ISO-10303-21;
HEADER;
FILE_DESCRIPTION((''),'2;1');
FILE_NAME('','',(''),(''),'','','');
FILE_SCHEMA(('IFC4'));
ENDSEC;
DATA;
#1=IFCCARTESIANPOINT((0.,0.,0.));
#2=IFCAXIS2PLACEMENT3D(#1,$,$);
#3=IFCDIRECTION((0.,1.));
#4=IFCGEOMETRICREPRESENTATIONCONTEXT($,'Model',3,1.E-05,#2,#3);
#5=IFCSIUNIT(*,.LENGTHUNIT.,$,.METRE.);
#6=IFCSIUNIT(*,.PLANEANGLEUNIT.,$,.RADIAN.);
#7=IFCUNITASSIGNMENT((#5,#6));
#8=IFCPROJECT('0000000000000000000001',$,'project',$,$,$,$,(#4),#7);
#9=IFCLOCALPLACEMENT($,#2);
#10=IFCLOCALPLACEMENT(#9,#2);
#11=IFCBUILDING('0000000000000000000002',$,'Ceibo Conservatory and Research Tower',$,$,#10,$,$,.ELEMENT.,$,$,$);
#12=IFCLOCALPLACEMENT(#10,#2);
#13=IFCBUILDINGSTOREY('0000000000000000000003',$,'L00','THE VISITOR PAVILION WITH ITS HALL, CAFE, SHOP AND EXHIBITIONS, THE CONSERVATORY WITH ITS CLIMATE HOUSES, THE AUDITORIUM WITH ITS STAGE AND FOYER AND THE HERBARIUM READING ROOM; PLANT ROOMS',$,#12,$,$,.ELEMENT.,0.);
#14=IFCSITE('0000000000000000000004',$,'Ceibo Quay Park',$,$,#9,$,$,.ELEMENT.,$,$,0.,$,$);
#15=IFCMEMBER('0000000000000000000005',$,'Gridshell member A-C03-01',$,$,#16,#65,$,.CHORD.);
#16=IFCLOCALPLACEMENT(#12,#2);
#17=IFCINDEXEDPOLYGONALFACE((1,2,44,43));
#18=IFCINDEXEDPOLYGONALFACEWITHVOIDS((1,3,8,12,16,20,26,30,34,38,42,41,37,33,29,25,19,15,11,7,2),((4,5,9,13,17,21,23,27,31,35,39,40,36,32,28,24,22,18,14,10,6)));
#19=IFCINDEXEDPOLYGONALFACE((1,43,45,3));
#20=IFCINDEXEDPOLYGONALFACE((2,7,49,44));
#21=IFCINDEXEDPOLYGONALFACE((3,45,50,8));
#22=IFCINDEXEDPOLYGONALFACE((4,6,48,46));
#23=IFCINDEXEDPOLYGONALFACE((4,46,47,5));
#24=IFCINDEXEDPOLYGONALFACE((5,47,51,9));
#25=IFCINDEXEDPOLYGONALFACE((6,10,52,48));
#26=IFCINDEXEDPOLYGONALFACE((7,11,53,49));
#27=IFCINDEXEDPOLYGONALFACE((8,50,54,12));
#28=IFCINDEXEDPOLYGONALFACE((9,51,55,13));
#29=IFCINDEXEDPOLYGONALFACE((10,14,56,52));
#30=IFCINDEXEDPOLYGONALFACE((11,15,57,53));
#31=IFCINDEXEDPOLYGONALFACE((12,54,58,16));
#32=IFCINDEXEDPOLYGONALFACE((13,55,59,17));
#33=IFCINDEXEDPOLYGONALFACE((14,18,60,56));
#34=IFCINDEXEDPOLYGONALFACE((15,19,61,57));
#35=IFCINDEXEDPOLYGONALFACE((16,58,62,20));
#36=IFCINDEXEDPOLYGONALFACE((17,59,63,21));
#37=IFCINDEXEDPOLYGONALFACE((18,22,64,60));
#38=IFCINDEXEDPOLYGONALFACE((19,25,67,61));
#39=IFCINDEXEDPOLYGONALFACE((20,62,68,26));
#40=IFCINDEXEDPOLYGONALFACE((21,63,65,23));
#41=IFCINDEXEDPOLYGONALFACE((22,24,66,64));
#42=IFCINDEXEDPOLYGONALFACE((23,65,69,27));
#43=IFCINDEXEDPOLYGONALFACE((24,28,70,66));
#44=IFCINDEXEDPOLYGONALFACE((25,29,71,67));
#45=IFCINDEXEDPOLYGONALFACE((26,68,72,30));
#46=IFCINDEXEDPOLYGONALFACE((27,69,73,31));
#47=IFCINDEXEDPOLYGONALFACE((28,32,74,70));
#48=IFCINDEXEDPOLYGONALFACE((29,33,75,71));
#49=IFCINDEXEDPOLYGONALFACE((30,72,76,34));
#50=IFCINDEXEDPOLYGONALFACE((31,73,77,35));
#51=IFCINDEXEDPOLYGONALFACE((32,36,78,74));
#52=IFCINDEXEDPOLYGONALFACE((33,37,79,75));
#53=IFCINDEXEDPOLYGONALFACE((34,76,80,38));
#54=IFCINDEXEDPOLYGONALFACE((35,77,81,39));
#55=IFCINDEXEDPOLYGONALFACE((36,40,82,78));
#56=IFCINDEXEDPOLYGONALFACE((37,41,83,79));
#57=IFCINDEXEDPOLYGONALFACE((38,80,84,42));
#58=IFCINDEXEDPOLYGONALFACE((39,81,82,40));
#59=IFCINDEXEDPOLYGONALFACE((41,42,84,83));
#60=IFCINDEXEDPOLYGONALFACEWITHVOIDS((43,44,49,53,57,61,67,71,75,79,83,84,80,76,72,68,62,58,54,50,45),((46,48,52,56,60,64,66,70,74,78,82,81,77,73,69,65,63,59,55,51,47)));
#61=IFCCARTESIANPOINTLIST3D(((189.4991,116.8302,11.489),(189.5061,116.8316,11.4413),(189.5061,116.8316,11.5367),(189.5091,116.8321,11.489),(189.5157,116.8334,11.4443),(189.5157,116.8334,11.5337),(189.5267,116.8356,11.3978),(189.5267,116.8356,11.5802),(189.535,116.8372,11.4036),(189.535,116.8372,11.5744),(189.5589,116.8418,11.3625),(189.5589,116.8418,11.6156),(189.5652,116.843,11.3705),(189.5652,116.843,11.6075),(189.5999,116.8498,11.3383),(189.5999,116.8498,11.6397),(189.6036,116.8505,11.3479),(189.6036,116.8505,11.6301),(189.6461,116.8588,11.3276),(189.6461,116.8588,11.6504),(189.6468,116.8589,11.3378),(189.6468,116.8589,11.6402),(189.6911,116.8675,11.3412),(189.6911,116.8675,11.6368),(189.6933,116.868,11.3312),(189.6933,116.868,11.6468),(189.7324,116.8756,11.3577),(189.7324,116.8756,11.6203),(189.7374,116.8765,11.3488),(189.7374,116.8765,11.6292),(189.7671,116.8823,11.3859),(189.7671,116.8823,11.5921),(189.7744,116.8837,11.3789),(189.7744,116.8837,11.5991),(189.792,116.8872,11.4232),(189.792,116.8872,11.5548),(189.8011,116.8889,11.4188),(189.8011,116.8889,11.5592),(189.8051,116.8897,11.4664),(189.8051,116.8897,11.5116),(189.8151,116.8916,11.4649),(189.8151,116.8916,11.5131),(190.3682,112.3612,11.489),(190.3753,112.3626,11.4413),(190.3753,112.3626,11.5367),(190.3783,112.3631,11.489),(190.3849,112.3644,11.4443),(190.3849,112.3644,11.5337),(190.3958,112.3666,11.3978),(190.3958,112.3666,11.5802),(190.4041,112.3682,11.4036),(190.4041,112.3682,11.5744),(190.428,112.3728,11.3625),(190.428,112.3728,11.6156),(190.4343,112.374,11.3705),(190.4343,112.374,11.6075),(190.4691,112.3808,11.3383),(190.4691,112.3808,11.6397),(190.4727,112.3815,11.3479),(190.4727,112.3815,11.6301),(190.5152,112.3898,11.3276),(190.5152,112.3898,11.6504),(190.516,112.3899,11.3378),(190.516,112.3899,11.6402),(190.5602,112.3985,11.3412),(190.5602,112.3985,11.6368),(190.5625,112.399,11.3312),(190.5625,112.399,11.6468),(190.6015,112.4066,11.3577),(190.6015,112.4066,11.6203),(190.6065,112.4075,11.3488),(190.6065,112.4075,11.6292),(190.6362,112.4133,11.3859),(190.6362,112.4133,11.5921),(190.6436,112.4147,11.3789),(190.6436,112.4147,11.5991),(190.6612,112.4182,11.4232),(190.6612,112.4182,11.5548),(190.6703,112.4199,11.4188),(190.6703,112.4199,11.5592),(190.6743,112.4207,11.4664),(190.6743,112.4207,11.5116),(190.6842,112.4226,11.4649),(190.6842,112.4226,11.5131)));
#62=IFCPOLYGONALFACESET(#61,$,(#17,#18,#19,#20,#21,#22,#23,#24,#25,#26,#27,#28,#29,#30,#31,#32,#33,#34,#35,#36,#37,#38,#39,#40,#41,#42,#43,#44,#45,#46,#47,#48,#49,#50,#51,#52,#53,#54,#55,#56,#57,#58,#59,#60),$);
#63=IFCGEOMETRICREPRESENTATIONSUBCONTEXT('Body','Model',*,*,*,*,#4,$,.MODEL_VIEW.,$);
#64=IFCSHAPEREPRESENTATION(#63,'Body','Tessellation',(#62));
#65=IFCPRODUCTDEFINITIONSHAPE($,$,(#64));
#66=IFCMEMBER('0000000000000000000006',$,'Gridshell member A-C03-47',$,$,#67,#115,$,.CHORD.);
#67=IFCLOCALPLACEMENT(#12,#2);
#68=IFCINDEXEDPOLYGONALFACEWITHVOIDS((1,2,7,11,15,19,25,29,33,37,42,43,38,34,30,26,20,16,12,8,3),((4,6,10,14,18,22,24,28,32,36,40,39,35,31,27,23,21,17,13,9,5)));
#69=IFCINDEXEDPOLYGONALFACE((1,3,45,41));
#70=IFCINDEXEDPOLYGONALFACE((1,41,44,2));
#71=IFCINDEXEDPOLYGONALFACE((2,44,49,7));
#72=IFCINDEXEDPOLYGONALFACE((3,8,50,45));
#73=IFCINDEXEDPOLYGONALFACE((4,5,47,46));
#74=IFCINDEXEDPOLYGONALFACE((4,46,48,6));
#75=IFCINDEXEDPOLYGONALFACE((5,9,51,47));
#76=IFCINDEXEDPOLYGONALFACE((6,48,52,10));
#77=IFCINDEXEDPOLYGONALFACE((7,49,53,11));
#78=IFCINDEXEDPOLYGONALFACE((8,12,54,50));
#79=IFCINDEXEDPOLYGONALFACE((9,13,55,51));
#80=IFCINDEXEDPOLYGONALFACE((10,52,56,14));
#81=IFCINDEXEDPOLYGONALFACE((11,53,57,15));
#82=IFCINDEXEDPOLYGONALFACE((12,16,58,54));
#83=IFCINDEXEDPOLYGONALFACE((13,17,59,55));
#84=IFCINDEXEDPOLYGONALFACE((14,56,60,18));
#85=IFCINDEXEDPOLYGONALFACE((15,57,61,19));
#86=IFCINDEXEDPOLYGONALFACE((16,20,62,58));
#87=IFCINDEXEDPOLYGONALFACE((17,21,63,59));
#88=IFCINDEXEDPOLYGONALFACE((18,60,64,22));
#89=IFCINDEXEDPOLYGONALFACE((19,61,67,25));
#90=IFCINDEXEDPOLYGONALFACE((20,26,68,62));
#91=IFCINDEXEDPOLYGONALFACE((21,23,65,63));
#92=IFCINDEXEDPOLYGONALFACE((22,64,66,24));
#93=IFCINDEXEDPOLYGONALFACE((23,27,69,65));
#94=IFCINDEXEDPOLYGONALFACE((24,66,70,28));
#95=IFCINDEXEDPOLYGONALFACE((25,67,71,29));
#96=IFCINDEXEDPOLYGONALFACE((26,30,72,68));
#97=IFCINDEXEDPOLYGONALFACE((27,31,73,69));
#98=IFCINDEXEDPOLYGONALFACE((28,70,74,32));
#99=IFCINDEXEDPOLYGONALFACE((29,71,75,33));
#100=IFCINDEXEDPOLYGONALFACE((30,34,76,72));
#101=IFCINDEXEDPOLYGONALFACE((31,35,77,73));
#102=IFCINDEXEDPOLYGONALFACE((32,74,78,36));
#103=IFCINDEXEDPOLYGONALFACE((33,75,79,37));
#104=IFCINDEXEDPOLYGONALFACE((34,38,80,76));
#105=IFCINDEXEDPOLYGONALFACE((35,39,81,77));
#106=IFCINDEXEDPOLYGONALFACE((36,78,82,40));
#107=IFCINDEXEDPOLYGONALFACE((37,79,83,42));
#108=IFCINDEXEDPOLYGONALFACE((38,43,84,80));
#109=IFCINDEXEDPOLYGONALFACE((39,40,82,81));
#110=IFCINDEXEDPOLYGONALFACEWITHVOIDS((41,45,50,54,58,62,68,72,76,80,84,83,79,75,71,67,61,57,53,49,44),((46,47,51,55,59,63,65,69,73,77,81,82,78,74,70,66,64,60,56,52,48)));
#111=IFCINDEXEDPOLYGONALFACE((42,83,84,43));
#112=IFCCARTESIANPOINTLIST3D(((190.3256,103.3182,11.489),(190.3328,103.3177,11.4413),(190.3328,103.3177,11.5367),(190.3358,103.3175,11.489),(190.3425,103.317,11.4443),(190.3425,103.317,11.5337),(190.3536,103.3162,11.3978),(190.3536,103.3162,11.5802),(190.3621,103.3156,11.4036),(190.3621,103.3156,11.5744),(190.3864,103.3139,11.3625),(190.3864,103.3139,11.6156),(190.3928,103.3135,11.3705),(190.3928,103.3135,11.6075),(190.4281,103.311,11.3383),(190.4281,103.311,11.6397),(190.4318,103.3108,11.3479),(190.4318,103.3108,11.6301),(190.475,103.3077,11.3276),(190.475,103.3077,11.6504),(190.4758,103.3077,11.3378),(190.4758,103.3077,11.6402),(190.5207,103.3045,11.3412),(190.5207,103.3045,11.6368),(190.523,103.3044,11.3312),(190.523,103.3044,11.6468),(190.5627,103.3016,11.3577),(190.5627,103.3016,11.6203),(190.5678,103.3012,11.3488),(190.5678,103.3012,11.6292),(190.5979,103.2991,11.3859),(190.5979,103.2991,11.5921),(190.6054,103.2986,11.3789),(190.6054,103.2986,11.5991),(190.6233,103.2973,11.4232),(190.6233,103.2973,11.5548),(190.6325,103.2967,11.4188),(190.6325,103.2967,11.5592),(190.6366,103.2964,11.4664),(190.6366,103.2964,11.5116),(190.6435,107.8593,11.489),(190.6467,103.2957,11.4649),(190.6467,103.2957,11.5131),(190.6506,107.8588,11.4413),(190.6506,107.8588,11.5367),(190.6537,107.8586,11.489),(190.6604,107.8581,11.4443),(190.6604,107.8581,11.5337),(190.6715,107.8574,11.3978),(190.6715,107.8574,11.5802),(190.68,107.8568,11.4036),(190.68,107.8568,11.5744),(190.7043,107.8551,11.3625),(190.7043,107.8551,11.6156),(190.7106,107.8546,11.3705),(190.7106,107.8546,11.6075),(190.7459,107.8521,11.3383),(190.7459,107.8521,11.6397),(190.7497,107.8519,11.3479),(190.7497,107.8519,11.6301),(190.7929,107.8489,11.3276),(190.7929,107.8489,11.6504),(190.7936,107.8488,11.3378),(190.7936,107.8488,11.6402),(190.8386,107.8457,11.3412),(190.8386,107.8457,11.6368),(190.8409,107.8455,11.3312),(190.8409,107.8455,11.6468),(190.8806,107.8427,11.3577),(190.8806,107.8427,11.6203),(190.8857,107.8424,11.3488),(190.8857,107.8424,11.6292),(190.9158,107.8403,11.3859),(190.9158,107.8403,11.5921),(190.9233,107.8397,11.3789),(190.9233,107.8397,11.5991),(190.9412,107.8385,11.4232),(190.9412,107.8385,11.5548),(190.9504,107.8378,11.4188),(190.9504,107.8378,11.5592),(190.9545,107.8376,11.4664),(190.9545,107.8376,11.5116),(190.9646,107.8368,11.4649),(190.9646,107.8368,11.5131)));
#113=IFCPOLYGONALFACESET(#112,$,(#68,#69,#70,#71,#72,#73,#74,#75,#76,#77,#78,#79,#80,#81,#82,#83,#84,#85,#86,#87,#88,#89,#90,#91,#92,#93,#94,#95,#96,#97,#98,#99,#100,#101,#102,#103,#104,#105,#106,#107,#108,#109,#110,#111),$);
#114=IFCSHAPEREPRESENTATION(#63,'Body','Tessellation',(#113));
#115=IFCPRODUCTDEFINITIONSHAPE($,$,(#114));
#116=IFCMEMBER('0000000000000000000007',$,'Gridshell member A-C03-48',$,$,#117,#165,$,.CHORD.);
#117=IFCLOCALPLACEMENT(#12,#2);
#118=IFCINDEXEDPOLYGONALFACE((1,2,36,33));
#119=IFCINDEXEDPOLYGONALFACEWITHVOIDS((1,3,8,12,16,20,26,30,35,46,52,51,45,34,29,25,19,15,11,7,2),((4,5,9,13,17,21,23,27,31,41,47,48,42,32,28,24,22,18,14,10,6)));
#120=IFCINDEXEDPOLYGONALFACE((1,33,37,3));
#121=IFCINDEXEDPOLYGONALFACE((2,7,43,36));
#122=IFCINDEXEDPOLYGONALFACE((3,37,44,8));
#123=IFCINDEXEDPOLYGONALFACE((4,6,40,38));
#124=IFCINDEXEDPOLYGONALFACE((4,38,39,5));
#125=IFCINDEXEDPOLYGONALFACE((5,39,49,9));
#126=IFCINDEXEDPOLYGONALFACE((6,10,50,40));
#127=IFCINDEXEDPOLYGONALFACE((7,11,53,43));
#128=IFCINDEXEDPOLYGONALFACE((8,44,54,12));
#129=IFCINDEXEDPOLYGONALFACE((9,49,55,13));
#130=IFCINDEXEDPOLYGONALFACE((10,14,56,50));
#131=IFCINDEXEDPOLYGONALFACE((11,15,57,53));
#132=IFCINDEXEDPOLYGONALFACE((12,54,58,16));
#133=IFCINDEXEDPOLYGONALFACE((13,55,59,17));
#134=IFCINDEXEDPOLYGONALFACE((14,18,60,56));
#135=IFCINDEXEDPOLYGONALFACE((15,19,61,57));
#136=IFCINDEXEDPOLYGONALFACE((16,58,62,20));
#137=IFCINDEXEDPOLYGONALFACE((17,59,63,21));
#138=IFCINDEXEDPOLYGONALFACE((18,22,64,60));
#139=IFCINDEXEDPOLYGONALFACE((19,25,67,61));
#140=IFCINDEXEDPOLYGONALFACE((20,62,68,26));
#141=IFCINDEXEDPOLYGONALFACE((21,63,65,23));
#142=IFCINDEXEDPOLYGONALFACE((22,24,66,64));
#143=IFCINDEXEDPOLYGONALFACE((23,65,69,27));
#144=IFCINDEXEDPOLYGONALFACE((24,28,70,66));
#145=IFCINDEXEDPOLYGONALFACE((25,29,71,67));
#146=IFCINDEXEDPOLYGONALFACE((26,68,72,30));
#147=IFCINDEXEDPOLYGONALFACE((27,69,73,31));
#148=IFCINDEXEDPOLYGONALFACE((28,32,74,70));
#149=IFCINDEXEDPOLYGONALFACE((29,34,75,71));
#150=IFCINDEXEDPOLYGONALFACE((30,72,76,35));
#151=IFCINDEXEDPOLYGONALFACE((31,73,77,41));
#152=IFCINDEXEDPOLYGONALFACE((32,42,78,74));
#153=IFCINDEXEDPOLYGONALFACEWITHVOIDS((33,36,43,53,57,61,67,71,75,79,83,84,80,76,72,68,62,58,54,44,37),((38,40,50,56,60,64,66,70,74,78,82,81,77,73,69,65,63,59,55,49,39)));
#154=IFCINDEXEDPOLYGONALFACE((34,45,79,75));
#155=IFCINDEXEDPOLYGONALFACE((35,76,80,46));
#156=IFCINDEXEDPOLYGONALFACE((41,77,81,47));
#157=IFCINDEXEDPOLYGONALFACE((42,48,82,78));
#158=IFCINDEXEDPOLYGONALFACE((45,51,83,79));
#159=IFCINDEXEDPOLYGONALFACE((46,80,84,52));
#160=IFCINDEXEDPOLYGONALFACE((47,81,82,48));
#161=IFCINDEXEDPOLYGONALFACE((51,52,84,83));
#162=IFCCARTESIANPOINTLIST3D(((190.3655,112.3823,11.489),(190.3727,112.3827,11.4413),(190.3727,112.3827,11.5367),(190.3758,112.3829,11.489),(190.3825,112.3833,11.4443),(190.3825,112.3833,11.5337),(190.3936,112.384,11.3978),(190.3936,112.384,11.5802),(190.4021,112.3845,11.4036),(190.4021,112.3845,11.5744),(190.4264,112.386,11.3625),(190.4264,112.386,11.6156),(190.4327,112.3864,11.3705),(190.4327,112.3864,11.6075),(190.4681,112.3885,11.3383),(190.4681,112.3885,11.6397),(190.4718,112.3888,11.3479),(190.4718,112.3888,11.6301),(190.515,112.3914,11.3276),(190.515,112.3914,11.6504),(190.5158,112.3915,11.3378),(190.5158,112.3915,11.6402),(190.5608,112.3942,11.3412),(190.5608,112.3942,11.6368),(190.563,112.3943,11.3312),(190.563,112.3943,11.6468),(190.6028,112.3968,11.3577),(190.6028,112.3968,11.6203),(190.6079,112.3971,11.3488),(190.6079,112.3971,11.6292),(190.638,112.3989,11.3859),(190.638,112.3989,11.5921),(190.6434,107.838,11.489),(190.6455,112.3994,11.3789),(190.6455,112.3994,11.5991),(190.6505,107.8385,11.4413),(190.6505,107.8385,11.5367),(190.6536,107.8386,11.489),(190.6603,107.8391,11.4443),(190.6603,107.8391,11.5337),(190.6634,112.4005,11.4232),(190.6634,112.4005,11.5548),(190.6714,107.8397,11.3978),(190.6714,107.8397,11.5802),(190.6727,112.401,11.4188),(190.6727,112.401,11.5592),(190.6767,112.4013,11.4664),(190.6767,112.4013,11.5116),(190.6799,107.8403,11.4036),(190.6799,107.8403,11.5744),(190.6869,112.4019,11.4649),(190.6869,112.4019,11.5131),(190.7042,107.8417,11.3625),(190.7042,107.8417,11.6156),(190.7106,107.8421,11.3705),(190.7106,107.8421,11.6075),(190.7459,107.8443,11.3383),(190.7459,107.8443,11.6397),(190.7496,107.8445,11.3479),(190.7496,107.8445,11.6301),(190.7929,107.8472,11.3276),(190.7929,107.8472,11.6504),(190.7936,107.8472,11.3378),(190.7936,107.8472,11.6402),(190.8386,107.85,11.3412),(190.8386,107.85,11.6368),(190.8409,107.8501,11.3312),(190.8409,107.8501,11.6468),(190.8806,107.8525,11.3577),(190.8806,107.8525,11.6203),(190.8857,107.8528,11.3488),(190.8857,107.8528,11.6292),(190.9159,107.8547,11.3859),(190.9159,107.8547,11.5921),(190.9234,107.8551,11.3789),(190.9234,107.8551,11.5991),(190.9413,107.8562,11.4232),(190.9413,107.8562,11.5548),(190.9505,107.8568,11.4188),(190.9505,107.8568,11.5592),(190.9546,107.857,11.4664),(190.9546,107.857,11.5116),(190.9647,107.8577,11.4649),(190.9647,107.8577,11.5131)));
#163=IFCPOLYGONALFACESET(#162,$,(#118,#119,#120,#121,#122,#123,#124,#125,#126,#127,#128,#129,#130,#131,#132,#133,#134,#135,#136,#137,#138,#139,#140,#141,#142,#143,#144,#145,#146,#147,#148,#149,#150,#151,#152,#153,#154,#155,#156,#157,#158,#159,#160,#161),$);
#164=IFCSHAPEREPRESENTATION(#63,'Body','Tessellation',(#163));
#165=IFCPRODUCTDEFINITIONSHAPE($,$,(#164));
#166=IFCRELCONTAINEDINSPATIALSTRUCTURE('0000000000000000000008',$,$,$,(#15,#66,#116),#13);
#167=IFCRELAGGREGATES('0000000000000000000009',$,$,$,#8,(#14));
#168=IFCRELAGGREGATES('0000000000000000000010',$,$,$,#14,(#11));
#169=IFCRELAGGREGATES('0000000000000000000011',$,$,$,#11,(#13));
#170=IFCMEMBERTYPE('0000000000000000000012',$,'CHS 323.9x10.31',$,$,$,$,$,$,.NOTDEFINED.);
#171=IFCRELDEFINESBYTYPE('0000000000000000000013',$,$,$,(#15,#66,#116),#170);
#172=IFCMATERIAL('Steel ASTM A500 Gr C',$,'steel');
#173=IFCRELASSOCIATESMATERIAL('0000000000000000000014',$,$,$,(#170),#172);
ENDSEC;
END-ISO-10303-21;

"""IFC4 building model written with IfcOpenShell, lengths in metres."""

from ifc_helpers import new_model, si_unit, direction, frame, origin, origin_2d, place, context, subcontext, project, spatial, hollow_circle, extrude, material, material_profile, profile_set, type_object, element, save


model = new_model("IFC4")

# Units and contexts
model_context = context("Model", 3, precision=1e-05, world=origin(), true_north=direction((0.0, 1.0)))
body_context = subcontext(model_context, "Body", "Model", "MODEL_VIEW")
ifc_project = project(units=[si_unit("LENGTHUNIT", "METRE"), si_unit("PLANEANGLEUNIT", "RADIAN")], contexts=[model_context])

# Site, building, storey
site_placement = place(None, origin())
site = spatial("IfcSite", under=ifc_project, at=site_placement, Name="Ceibo Quay Park", CompositionType="ELEMENT", RefElevation=0.0)
building_placement = place(site_placement, origin())
building = spatial("IfcBuilding", under=site, at=building_placement, Name="Ceibo Conservatory and Research Tower", CompositionType="ELEMENT")
storey_placement = place(building_placement, origin())
storey = spatial("IfcBuildingStorey", under=building, at=storey_placement, Name="L00", Description="THE VISITOR PAVILION WITH ITS HALL, CAFE, SHOP AND EXHIBITIONS, THE CONSERVATORY WITH ITS CLIMATE HOUSES, THE AUDITORIUM WITH ITS STAGE AND FOYER AND THE HERBARIUM READING ROOM; PLANT ROOMS", CompositionType="ELEMENT", Elevation=0.0)

# Members
ifc_material_1 = material(Name="Steel ASTM A500 Gr C", Category="steel")
ifc_material_profile_1 = material_profile(ifc_material_1, hollow_circle(Radius=0.1619, WallThickness=0.0103, at=origin_2d()), Name="CHS 323.9x10.31")
ifc_profile_set_1 = profile_set([ifc_material_profile_1], Name="Steel ASTM A500 Gr C")
member_type_1 = type_object("IfcMemberType", Name="CHS 323.9x10.31", PredefinedType="NOTDEFINED", material=ifc_profile_set_1)
member_1_placement = place(storey_placement, frame((190.5271, 112.3921, 11.489), z_axis=(-0.190906, 0.981608, 0.0), x_axis=(-0.981608, -0.190906, 0.0)))
element("IfcMember", 1, at=member_1_placement, inside=storey, type_object=member_type_1, Name="Gridshell member A-C03-01", PredefinedType="CHORD", context=body_context, shape_type="SweptSolid", body=[
    extrude(hollow_circle(Radius=0.1619, WallThickness=0.0103, at=origin_2d()), origin(), (0.0, 0.0, 1.0), 4.5527),
])
member_2_placement = place(storey_placement, frame((190.4871, 103.3069, 11.489), z_axis=(0.069829, 0.997559, 0.0), x_axis=(-0.997559, 0.069829, 0.0)))
element("IfcMember", 2, at=member_2_placement, inside=storey, type_object=member_type_1, Name="Gridshell member A-C03-47", PredefinedType="CHORD", context=body_context, shape_type="SweptSolid", body=[
    extrude(hollow_circle(Radius=0.1619, WallThickness=0.0103, at=origin_2d()), origin(), (0.0, 0.0, 1.0), 4.5522),
])
member_3_placement = place(storey_placement, frame((190.8049, 107.8479, 11.489), z_axis=(-0.061026, 0.998136, 0.0), x_axis=(-0.998136, -0.061026, 0.0)))
element("IfcMember", 3, at=member_3_placement, inside=storey, type_object=member_type_1, Name="Gridshell member A-C03-48", PredefinedType="CHORD", context=body_context, shape_type="SweptSolid", body=[
    extrude(hollow_circle(Radius=0.1619, WallThickness=0.0103, at=origin_2d()), origin(), (0.0, 0.0, 1.0), 4.5527),
])

save(model, "model.ifc")
